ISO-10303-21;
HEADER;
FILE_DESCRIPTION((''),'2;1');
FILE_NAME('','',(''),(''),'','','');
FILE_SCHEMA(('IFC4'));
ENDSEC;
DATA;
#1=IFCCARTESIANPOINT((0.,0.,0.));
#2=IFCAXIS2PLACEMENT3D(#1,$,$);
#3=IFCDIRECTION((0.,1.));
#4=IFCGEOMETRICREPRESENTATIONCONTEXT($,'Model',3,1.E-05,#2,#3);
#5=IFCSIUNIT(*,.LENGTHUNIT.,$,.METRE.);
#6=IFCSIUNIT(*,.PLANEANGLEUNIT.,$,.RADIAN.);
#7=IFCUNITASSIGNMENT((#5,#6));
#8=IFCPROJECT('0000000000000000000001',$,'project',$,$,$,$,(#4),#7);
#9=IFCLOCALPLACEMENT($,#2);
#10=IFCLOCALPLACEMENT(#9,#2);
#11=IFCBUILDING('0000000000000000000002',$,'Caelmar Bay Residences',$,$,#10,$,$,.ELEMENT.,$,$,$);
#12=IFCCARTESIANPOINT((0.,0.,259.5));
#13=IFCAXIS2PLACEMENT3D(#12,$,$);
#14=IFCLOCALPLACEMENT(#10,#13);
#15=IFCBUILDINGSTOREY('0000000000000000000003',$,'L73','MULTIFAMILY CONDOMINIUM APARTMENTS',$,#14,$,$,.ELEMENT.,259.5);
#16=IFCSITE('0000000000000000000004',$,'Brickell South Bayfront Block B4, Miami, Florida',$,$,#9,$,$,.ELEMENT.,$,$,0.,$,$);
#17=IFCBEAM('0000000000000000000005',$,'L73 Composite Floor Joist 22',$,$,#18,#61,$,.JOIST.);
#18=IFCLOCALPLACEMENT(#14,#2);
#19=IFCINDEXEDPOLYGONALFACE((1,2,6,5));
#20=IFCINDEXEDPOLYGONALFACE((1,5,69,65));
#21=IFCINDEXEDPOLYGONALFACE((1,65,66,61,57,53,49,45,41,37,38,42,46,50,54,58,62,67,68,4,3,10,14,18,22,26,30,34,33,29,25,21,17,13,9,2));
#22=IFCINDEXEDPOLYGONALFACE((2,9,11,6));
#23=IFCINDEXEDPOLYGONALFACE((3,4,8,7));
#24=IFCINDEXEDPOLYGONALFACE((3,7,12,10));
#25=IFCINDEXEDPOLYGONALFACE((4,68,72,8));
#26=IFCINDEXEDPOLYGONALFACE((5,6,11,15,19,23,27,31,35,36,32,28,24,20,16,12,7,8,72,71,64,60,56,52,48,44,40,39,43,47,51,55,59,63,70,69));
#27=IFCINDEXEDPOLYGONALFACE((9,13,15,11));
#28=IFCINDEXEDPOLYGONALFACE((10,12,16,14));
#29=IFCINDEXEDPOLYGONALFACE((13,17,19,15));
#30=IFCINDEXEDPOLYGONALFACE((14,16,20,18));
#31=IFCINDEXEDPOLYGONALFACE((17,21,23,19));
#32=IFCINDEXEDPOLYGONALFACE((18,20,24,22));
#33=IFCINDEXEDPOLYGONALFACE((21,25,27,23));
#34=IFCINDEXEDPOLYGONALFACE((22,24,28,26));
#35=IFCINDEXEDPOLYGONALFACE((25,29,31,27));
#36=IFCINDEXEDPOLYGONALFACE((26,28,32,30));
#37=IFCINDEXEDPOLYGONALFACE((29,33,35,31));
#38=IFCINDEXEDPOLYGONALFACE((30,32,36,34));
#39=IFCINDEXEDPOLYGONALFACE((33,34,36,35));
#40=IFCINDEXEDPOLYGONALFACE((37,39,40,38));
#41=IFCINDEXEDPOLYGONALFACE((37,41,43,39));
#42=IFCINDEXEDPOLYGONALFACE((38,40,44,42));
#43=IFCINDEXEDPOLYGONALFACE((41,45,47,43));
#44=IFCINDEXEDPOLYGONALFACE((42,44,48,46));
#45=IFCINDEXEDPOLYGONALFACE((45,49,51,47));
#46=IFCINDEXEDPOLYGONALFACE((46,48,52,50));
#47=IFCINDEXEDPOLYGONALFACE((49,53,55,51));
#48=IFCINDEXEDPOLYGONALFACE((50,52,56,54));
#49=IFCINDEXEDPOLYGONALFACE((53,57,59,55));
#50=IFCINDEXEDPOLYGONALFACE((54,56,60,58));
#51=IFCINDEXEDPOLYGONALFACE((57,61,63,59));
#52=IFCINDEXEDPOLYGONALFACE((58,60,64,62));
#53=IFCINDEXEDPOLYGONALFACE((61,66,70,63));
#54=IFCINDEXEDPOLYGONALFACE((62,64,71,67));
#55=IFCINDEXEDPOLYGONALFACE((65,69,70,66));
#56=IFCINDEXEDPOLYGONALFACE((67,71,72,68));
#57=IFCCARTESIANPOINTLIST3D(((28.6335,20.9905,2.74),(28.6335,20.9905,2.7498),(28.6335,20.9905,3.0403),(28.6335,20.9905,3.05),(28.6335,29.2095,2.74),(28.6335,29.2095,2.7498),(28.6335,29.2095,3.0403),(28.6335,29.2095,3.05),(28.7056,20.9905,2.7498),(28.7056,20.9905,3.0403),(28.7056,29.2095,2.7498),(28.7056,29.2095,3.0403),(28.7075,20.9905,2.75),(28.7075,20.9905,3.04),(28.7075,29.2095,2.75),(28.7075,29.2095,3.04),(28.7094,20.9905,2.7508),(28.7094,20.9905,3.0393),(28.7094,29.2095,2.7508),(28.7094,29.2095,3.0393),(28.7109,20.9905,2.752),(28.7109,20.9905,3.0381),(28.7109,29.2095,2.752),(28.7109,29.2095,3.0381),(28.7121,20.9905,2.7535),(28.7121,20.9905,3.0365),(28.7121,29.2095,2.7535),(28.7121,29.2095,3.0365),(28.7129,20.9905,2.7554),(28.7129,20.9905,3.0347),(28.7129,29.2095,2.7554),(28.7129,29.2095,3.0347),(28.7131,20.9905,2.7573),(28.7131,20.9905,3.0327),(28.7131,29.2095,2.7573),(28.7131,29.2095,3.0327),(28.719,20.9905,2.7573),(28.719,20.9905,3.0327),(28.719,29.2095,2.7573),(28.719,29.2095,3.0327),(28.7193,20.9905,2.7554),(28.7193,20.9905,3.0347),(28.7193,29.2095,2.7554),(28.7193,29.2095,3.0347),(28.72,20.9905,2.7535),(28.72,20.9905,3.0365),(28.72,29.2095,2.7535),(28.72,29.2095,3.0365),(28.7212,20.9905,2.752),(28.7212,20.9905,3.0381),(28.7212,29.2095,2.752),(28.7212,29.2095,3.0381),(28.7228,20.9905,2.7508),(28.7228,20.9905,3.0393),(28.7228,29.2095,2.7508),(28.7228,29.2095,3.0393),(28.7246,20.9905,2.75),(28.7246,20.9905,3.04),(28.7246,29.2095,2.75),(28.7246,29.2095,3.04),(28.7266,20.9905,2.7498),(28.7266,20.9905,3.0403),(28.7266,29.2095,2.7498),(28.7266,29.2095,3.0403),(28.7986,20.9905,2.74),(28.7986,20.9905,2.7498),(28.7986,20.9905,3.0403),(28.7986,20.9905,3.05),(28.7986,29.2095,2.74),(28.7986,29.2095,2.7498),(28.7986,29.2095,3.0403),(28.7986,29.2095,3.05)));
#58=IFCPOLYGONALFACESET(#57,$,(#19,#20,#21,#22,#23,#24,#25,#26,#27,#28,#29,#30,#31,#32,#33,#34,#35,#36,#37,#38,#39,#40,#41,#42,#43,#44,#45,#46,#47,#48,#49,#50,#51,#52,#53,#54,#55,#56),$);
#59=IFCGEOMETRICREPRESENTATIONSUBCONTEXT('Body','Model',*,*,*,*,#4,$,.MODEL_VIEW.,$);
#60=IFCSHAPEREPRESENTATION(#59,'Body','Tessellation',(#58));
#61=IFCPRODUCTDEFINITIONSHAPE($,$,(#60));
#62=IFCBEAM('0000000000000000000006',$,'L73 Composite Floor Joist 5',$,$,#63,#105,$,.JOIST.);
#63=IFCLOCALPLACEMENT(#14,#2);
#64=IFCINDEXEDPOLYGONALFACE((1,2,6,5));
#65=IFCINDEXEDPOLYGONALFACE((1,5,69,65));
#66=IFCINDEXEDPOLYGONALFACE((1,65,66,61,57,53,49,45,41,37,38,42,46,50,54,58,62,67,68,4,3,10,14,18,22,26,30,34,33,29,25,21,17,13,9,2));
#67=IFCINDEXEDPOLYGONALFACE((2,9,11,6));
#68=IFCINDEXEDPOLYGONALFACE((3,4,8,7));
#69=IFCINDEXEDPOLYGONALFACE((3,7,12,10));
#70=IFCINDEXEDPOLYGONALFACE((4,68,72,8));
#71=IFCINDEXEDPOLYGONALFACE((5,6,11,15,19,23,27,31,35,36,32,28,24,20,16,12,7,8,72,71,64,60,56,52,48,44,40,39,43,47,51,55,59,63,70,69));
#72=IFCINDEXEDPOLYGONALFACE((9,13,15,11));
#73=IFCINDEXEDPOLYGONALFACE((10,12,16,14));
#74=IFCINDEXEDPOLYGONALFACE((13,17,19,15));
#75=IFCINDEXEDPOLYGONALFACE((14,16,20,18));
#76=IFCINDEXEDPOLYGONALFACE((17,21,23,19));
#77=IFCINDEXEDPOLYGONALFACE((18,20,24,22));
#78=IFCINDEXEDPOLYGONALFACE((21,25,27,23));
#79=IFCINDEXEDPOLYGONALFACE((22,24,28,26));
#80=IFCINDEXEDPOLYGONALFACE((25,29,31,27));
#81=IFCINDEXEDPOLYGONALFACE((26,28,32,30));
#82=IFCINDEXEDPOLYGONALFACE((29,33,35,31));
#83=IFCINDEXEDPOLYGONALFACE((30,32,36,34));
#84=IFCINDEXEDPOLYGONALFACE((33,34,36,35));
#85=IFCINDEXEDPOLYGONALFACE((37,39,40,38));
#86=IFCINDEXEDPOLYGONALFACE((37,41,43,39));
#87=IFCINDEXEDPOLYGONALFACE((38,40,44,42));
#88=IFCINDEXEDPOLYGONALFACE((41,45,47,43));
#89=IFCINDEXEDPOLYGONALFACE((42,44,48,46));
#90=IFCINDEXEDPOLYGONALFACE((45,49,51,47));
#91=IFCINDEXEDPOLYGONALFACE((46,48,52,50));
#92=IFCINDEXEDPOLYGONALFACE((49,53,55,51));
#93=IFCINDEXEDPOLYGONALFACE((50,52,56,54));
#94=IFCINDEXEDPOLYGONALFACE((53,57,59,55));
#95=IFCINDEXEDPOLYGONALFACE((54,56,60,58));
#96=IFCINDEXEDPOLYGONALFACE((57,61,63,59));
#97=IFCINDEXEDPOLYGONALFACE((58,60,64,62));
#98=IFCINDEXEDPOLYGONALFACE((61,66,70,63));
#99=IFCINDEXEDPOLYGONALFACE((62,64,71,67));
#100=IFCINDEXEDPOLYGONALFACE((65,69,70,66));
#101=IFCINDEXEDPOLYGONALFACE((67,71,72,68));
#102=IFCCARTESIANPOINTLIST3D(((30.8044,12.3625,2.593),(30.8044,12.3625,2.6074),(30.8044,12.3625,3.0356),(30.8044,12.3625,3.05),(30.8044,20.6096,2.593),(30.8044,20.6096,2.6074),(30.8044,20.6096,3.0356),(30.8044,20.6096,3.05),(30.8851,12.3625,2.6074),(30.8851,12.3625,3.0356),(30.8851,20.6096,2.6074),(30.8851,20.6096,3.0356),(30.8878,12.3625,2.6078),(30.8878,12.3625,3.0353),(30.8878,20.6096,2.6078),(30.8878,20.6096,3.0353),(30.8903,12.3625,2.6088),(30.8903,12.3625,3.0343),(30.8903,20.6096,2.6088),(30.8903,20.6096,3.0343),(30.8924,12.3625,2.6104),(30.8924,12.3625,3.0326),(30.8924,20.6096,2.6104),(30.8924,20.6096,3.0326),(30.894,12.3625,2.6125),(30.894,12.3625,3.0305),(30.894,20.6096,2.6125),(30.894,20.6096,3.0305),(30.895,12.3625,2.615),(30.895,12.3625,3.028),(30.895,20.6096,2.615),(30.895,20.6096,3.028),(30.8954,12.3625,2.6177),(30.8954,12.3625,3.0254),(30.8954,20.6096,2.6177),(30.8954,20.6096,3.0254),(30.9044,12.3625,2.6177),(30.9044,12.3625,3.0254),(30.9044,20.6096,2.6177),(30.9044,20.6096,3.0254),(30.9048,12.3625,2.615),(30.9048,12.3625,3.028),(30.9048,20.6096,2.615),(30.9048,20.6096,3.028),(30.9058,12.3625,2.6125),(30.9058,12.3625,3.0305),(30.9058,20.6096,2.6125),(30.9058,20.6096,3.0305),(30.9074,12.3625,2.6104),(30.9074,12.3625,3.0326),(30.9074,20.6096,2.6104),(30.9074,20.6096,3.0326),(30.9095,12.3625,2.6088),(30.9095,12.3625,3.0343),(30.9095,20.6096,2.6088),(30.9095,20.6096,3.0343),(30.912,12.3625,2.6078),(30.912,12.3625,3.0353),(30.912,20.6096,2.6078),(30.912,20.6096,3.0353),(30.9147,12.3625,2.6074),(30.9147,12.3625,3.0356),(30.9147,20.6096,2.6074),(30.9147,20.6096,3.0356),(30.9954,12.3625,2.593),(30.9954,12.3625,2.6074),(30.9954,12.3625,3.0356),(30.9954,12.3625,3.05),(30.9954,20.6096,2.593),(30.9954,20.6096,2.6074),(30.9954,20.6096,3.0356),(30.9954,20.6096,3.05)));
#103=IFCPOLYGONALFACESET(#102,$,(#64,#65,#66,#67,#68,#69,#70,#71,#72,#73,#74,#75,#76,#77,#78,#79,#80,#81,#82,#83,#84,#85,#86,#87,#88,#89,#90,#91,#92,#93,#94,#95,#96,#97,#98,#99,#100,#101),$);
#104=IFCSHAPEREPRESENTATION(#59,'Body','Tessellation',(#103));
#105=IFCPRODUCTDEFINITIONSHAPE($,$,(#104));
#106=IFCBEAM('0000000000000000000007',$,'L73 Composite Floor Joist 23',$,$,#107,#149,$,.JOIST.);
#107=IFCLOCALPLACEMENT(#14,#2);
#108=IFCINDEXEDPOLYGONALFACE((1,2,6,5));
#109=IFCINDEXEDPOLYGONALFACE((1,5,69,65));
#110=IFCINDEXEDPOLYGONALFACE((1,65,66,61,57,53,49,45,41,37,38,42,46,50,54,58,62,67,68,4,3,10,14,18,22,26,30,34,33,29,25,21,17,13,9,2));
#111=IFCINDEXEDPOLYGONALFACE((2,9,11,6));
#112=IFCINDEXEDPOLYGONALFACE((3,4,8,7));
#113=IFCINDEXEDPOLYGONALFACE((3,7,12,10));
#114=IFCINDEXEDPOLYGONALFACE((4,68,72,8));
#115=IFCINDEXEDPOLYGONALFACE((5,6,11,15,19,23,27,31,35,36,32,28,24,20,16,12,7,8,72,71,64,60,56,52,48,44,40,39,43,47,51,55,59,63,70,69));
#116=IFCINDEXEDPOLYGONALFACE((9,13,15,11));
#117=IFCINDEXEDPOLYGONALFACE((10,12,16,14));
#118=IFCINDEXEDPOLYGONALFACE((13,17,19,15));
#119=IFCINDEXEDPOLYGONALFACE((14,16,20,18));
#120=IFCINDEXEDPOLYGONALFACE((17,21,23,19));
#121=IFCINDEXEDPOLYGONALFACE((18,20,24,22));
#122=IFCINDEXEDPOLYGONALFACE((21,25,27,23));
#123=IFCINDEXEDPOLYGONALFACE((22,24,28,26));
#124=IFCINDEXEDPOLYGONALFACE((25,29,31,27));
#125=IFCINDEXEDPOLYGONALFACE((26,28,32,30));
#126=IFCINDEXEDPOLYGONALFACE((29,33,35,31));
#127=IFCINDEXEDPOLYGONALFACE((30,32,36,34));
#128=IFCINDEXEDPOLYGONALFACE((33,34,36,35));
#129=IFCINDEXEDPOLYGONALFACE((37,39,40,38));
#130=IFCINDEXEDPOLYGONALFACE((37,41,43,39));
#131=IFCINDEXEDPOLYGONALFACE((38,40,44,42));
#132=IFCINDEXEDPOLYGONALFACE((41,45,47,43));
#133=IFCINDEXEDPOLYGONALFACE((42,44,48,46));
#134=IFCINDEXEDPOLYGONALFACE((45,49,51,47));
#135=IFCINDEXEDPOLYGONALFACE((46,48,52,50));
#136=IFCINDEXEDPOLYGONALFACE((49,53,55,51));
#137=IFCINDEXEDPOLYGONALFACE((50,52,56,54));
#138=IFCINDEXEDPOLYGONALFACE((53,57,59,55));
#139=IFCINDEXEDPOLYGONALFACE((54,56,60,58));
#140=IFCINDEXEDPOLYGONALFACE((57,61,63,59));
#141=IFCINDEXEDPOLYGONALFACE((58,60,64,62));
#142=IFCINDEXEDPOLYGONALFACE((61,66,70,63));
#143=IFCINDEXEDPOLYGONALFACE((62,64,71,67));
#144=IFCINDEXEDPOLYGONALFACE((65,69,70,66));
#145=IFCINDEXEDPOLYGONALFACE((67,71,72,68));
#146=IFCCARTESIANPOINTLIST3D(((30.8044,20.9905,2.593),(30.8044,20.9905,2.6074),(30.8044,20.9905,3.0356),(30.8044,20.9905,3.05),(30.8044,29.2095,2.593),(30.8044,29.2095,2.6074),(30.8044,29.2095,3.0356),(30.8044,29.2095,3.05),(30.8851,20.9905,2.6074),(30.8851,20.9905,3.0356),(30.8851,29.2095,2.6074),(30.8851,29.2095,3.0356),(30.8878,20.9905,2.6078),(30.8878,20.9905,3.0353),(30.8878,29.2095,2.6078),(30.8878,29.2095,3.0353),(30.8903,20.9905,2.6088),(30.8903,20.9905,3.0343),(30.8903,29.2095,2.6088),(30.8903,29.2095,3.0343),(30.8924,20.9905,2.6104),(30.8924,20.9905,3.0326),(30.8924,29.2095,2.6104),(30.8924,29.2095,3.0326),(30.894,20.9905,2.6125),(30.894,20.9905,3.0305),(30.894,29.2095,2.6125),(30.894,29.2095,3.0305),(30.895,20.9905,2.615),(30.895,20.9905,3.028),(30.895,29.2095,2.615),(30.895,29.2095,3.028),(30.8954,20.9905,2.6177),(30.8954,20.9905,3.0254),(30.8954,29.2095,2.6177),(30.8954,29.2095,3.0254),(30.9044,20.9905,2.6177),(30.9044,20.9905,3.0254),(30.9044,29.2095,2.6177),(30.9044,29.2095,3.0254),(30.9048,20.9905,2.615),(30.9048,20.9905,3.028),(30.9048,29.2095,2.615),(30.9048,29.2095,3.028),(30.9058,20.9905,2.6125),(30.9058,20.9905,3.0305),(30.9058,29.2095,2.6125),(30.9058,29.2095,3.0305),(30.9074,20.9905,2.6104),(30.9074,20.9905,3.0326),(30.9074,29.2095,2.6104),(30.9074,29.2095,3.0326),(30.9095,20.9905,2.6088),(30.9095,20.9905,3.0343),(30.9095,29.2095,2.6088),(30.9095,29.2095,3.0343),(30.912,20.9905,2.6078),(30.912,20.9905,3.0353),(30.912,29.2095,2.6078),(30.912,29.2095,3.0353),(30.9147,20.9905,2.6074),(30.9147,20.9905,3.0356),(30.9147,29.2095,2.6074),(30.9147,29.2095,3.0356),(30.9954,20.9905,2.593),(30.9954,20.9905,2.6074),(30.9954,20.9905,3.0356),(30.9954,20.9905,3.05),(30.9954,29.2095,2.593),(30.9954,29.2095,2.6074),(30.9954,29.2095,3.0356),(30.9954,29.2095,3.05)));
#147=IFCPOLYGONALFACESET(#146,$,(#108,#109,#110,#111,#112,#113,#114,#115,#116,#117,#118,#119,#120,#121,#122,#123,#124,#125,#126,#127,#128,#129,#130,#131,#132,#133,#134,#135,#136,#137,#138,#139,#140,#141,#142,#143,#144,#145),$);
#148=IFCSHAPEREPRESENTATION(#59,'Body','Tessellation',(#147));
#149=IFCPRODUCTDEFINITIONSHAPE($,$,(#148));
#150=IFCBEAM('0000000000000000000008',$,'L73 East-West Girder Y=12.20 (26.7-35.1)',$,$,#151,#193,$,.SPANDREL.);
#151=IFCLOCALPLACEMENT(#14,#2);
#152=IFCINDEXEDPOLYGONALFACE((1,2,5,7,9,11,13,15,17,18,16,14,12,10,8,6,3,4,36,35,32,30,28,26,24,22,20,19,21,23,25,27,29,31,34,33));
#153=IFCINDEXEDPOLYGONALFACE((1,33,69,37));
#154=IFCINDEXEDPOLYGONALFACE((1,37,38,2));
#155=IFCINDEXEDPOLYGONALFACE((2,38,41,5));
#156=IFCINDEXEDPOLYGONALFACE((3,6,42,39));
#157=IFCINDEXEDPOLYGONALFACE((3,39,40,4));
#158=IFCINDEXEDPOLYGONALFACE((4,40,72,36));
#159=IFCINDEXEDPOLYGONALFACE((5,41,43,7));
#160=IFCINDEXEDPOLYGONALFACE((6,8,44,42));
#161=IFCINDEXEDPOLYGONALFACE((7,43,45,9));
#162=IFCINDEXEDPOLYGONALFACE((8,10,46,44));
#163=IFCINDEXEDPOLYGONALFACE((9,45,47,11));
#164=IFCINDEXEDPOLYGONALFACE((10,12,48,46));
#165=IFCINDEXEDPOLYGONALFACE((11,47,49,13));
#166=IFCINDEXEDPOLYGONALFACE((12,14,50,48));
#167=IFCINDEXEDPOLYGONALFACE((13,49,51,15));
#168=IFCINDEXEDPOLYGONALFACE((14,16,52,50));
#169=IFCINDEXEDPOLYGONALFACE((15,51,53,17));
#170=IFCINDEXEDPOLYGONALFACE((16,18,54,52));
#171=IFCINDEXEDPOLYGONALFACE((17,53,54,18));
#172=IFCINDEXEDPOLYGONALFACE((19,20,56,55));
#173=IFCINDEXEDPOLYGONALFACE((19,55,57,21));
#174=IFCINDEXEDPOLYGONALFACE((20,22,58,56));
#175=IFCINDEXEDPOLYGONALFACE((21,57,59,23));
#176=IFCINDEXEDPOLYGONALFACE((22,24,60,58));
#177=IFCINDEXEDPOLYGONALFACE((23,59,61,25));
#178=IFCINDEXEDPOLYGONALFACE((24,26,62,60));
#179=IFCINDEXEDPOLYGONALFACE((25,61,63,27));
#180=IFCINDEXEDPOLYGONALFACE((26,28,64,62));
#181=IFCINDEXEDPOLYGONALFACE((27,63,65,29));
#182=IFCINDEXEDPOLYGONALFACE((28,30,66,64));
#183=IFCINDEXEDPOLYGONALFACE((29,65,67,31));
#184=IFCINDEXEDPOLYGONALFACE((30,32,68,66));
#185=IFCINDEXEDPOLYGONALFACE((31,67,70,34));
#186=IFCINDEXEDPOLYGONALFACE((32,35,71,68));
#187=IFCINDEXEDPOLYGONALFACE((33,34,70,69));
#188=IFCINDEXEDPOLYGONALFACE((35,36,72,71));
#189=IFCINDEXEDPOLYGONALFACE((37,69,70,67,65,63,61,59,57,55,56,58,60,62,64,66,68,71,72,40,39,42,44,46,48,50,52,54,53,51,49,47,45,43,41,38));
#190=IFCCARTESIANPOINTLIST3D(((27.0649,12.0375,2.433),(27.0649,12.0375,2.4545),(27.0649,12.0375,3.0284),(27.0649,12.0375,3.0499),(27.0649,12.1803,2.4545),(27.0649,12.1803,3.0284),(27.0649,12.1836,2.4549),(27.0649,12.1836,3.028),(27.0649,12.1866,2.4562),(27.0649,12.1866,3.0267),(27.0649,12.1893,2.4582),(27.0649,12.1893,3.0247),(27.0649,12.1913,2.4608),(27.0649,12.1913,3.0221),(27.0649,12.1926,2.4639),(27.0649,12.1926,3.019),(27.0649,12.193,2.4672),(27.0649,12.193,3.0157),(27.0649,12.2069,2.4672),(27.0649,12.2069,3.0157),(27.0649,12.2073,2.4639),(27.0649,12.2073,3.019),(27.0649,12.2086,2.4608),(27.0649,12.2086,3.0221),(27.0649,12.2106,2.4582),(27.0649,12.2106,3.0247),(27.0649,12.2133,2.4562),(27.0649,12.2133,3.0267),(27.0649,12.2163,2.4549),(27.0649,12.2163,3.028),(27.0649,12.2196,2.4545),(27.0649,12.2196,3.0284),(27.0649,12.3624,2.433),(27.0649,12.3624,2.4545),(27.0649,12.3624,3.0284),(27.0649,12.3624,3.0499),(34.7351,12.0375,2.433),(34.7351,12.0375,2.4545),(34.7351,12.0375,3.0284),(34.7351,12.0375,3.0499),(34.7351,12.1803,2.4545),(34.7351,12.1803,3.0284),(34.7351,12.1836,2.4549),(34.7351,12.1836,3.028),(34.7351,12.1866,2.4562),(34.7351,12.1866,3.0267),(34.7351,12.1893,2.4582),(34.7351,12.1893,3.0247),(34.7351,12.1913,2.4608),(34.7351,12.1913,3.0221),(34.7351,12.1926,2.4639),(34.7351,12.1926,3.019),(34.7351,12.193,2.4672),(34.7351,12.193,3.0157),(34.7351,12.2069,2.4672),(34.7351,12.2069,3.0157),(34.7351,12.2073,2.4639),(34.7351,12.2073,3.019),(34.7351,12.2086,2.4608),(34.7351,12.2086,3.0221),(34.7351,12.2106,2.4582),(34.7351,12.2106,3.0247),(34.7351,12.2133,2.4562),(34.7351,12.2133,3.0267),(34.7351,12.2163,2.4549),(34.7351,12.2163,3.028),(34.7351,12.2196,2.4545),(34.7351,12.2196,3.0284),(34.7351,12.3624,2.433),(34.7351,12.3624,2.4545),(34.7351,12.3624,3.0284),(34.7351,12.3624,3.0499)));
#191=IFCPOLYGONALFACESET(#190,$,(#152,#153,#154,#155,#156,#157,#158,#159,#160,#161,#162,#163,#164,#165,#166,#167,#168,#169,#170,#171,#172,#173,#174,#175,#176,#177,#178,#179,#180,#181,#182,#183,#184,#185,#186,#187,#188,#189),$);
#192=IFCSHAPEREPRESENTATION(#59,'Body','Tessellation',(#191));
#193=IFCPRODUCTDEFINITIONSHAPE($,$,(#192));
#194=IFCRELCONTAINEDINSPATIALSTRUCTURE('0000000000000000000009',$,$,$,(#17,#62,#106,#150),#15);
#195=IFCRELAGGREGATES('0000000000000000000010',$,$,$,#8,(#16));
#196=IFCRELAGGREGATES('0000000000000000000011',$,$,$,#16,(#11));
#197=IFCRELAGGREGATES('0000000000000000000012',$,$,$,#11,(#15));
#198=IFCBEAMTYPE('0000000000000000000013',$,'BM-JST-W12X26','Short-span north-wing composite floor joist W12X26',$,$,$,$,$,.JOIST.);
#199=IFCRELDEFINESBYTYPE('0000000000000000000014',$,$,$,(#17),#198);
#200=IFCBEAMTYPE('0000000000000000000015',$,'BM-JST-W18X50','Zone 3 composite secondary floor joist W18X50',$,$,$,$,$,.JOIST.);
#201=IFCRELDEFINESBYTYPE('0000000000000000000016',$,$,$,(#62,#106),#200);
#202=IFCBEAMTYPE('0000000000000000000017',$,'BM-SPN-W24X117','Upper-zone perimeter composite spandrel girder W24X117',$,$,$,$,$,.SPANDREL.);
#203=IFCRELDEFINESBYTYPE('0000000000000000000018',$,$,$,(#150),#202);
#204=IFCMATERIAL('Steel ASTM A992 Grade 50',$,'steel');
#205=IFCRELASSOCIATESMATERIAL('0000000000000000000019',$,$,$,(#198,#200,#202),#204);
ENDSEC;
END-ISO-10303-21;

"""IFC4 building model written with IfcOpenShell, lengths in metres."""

from ifc_helpers import new_model, si_unit, direction, frame, origin, origin_2d, place, context, subcontext, project, spatial, i_section, extrude, material, material_profile, profile_set, type_object, element, save


model = new_model("IFC4")

# Units and contexts
model_context = context("Model", 3, precision=1e-05, world=origin(), true_north=direction((0.0, 1.0)))
body_context = subcontext(model_context, "Body", "Model", "MODEL_VIEW")
ifc_project = project(units=[si_unit("LENGTHUNIT", "METRE"), si_unit("PLANEANGLEUNIT", "RADIAN")], contexts=[model_context])

# Site, building, storey
site_placement = place(None, origin())
site = spatial("IfcSite", under=ifc_project, at=site_placement, Name="Brickell South Bayfront Block B4, Miami, Florida", CompositionType="ELEMENT", RefElevation=0.0)
building_placement = place(site_placement, origin())
building = spatial("IfcBuilding", under=site, at=building_placement, Name="Caelmar Bay Residences", CompositionType="ELEMENT")
storey_placement = place(building_placement, frame((0.0, 0.0, 259.5)))
storey = spatial("IfcBuildingStorey", under=building, at=storey_placement, Name="L73", Description="MULTIFAMILY CONDOMINIUM APARTMENTS", CompositionType="ELEMENT", Elevation=259.5)

# Beams
ifc_material_1 = material(Name="Steel ASTM A992 Grade 50", Category="steel")
ifc_material_profile_1 = material_profile(ifc_material_1, i_section(OverallWidth=0.165, OverallDepth=0.3101, WebThickness=0.0059, FlangeThickness=0.0098, FilletRadius=0.0076, at=origin_2d()), Name="W12X26")
ifc_profile_set_1 = profile_set([ifc_material_profile_1], Name="Steel ASTM A992 Grade 50")
beam_type_1 = type_object("IfcBeamType", Name="BM-JST-W12X26", Description="Short-span north-wing composite floor joist W12X26", PredefinedType="JOIST", material=ifc_profile_set_1)
beam_1_placement = place(storey_placement, frame((28.7161, 20.9905, 2.895), z_axis=(0.0, 1.0, 0.0), x_axis=(-1.0, 0.0, 0.0)))
element("IfcBeam", 1, at=beam_1_placement, inside=storey, type_object=beam_type_1, Name="L73 Composite Floor Joist 22", PredefinedType="JOIST", context=body_context, shape_type="SweptSolid", body=[
    extrude(i_section(OverallWidth=0.165, OverallDepth=0.3101, WebThickness=0.0059, FlangeThickness=0.0098, FilletRadius=0.0076, at=origin_2d()), origin(), (0.0, 0.0, 1.0), 8.219),
])
ifc_material_profile_2 = material_profile(ifc_material_1, i_section(OverallWidth=0.1909, OverallDepth=0.457, WebThickness=0.009, FlangeThickness=0.0144, FilletRadius=0.0103, at=origin_2d()), Name="W18X50")
ifc_profile_set_2 = profile_set([ifc_material_profile_2], Name="Steel ASTM A992 Grade 50")
beam_type_2 = type_object("IfcBeamType", Name="BM-JST-W18X50", Description="Zone 3 composite secondary floor joist W18X50", PredefinedType="JOIST", material=ifc_profile_set_2)
beam_2_placement = place(storey_placement, frame((30.8999, 12.3625, 2.8215), z_axis=(0.0, 1.0, 0.0), x_axis=(-1.0, 0.0, 0.0)))
element("IfcBeam", 2, at=beam_2_placement, inside=storey, type_object=beam_type_2, Name="L73 Composite Floor Joist 5", PredefinedType="JOIST", context=body_context, shape_type="SweptSolid", body=[
    extrude(i_section(OverallWidth=0.1909, OverallDepth=0.457, WebThickness=0.009, FlangeThickness=0.0144, FilletRadius=0.0103, at=origin_2d()), origin(), (0.0, 0.0, 1.0), 8.2471),
])
beam_3_placement = place(storey_placement, frame((30.8999, 20.9905, 2.8215), z_axis=(0.0, 1.0, 0.0), x_axis=(-1.0, 0.0, 0.0)))
element("IfcBeam", 3, at=beam_3_placement, inside=storey, type_object=beam_type_2, Name="L73 Composite Floor Joist 23", PredefinedType="JOIST", context=body_context, shape_type="SweptSolid", body=[
    extrude(i_section(OverallWidth=0.1909, OverallDepth=0.457, WebThickness=0.009, FlangeThickness=0.0144, FilletRadius=0.0103, at=origin_2d()), origin(), (0.0, 0.0, 1.0), 8.219),
])
ifc_material_profile_3 = material_profile(ifc_material_1, i_section(OverallWidth=0.325, OverallDepth=0.6169, WebThickness=0.0139, FlangeThickness=0.0215, FilletRadius=0.0127, at=origin_2d()), Name="W24X117")
ifc_profile_set_3 = profile_set([ifc_material_profile_3], Name="Steel ASTM A992 Grade 50")
beam_type_3 = type_object("IfcBeamType", Name="BM-SPN-W24X117", Description="Upper-zone perimeter composite spandrel girder W24X117", PredefinedType="SPANDREL", material=ifc_profile_set_3)
beam_4_placement = place(storey_placement, frame((27.0649, 12.2, 2.7415), z_axis=(1.0, 0.0, 0.0), x_axis=(0.0, 1.0, 0.0)))
element("IfcBeam", 4, at=beam_4_placement, inside=storey, type_object=beam_type_3, Name="L73 East-West Girder Y=12.20 (26.7-35.1)", PredefinedType="SPANDREL", context=body_context, shape_type="SweptSolid", body=[
    extrude(i_section(OverallWidth=0.325, OverallDepth=0.6169, WebThickness=0.0139, FlangeThickness=0.0215, FilletRadius=0.0127, at=origin_2d()), origin(), (0.0, 0.0, 1.0), 7.6702),
])

save(model, "model.ifc")
